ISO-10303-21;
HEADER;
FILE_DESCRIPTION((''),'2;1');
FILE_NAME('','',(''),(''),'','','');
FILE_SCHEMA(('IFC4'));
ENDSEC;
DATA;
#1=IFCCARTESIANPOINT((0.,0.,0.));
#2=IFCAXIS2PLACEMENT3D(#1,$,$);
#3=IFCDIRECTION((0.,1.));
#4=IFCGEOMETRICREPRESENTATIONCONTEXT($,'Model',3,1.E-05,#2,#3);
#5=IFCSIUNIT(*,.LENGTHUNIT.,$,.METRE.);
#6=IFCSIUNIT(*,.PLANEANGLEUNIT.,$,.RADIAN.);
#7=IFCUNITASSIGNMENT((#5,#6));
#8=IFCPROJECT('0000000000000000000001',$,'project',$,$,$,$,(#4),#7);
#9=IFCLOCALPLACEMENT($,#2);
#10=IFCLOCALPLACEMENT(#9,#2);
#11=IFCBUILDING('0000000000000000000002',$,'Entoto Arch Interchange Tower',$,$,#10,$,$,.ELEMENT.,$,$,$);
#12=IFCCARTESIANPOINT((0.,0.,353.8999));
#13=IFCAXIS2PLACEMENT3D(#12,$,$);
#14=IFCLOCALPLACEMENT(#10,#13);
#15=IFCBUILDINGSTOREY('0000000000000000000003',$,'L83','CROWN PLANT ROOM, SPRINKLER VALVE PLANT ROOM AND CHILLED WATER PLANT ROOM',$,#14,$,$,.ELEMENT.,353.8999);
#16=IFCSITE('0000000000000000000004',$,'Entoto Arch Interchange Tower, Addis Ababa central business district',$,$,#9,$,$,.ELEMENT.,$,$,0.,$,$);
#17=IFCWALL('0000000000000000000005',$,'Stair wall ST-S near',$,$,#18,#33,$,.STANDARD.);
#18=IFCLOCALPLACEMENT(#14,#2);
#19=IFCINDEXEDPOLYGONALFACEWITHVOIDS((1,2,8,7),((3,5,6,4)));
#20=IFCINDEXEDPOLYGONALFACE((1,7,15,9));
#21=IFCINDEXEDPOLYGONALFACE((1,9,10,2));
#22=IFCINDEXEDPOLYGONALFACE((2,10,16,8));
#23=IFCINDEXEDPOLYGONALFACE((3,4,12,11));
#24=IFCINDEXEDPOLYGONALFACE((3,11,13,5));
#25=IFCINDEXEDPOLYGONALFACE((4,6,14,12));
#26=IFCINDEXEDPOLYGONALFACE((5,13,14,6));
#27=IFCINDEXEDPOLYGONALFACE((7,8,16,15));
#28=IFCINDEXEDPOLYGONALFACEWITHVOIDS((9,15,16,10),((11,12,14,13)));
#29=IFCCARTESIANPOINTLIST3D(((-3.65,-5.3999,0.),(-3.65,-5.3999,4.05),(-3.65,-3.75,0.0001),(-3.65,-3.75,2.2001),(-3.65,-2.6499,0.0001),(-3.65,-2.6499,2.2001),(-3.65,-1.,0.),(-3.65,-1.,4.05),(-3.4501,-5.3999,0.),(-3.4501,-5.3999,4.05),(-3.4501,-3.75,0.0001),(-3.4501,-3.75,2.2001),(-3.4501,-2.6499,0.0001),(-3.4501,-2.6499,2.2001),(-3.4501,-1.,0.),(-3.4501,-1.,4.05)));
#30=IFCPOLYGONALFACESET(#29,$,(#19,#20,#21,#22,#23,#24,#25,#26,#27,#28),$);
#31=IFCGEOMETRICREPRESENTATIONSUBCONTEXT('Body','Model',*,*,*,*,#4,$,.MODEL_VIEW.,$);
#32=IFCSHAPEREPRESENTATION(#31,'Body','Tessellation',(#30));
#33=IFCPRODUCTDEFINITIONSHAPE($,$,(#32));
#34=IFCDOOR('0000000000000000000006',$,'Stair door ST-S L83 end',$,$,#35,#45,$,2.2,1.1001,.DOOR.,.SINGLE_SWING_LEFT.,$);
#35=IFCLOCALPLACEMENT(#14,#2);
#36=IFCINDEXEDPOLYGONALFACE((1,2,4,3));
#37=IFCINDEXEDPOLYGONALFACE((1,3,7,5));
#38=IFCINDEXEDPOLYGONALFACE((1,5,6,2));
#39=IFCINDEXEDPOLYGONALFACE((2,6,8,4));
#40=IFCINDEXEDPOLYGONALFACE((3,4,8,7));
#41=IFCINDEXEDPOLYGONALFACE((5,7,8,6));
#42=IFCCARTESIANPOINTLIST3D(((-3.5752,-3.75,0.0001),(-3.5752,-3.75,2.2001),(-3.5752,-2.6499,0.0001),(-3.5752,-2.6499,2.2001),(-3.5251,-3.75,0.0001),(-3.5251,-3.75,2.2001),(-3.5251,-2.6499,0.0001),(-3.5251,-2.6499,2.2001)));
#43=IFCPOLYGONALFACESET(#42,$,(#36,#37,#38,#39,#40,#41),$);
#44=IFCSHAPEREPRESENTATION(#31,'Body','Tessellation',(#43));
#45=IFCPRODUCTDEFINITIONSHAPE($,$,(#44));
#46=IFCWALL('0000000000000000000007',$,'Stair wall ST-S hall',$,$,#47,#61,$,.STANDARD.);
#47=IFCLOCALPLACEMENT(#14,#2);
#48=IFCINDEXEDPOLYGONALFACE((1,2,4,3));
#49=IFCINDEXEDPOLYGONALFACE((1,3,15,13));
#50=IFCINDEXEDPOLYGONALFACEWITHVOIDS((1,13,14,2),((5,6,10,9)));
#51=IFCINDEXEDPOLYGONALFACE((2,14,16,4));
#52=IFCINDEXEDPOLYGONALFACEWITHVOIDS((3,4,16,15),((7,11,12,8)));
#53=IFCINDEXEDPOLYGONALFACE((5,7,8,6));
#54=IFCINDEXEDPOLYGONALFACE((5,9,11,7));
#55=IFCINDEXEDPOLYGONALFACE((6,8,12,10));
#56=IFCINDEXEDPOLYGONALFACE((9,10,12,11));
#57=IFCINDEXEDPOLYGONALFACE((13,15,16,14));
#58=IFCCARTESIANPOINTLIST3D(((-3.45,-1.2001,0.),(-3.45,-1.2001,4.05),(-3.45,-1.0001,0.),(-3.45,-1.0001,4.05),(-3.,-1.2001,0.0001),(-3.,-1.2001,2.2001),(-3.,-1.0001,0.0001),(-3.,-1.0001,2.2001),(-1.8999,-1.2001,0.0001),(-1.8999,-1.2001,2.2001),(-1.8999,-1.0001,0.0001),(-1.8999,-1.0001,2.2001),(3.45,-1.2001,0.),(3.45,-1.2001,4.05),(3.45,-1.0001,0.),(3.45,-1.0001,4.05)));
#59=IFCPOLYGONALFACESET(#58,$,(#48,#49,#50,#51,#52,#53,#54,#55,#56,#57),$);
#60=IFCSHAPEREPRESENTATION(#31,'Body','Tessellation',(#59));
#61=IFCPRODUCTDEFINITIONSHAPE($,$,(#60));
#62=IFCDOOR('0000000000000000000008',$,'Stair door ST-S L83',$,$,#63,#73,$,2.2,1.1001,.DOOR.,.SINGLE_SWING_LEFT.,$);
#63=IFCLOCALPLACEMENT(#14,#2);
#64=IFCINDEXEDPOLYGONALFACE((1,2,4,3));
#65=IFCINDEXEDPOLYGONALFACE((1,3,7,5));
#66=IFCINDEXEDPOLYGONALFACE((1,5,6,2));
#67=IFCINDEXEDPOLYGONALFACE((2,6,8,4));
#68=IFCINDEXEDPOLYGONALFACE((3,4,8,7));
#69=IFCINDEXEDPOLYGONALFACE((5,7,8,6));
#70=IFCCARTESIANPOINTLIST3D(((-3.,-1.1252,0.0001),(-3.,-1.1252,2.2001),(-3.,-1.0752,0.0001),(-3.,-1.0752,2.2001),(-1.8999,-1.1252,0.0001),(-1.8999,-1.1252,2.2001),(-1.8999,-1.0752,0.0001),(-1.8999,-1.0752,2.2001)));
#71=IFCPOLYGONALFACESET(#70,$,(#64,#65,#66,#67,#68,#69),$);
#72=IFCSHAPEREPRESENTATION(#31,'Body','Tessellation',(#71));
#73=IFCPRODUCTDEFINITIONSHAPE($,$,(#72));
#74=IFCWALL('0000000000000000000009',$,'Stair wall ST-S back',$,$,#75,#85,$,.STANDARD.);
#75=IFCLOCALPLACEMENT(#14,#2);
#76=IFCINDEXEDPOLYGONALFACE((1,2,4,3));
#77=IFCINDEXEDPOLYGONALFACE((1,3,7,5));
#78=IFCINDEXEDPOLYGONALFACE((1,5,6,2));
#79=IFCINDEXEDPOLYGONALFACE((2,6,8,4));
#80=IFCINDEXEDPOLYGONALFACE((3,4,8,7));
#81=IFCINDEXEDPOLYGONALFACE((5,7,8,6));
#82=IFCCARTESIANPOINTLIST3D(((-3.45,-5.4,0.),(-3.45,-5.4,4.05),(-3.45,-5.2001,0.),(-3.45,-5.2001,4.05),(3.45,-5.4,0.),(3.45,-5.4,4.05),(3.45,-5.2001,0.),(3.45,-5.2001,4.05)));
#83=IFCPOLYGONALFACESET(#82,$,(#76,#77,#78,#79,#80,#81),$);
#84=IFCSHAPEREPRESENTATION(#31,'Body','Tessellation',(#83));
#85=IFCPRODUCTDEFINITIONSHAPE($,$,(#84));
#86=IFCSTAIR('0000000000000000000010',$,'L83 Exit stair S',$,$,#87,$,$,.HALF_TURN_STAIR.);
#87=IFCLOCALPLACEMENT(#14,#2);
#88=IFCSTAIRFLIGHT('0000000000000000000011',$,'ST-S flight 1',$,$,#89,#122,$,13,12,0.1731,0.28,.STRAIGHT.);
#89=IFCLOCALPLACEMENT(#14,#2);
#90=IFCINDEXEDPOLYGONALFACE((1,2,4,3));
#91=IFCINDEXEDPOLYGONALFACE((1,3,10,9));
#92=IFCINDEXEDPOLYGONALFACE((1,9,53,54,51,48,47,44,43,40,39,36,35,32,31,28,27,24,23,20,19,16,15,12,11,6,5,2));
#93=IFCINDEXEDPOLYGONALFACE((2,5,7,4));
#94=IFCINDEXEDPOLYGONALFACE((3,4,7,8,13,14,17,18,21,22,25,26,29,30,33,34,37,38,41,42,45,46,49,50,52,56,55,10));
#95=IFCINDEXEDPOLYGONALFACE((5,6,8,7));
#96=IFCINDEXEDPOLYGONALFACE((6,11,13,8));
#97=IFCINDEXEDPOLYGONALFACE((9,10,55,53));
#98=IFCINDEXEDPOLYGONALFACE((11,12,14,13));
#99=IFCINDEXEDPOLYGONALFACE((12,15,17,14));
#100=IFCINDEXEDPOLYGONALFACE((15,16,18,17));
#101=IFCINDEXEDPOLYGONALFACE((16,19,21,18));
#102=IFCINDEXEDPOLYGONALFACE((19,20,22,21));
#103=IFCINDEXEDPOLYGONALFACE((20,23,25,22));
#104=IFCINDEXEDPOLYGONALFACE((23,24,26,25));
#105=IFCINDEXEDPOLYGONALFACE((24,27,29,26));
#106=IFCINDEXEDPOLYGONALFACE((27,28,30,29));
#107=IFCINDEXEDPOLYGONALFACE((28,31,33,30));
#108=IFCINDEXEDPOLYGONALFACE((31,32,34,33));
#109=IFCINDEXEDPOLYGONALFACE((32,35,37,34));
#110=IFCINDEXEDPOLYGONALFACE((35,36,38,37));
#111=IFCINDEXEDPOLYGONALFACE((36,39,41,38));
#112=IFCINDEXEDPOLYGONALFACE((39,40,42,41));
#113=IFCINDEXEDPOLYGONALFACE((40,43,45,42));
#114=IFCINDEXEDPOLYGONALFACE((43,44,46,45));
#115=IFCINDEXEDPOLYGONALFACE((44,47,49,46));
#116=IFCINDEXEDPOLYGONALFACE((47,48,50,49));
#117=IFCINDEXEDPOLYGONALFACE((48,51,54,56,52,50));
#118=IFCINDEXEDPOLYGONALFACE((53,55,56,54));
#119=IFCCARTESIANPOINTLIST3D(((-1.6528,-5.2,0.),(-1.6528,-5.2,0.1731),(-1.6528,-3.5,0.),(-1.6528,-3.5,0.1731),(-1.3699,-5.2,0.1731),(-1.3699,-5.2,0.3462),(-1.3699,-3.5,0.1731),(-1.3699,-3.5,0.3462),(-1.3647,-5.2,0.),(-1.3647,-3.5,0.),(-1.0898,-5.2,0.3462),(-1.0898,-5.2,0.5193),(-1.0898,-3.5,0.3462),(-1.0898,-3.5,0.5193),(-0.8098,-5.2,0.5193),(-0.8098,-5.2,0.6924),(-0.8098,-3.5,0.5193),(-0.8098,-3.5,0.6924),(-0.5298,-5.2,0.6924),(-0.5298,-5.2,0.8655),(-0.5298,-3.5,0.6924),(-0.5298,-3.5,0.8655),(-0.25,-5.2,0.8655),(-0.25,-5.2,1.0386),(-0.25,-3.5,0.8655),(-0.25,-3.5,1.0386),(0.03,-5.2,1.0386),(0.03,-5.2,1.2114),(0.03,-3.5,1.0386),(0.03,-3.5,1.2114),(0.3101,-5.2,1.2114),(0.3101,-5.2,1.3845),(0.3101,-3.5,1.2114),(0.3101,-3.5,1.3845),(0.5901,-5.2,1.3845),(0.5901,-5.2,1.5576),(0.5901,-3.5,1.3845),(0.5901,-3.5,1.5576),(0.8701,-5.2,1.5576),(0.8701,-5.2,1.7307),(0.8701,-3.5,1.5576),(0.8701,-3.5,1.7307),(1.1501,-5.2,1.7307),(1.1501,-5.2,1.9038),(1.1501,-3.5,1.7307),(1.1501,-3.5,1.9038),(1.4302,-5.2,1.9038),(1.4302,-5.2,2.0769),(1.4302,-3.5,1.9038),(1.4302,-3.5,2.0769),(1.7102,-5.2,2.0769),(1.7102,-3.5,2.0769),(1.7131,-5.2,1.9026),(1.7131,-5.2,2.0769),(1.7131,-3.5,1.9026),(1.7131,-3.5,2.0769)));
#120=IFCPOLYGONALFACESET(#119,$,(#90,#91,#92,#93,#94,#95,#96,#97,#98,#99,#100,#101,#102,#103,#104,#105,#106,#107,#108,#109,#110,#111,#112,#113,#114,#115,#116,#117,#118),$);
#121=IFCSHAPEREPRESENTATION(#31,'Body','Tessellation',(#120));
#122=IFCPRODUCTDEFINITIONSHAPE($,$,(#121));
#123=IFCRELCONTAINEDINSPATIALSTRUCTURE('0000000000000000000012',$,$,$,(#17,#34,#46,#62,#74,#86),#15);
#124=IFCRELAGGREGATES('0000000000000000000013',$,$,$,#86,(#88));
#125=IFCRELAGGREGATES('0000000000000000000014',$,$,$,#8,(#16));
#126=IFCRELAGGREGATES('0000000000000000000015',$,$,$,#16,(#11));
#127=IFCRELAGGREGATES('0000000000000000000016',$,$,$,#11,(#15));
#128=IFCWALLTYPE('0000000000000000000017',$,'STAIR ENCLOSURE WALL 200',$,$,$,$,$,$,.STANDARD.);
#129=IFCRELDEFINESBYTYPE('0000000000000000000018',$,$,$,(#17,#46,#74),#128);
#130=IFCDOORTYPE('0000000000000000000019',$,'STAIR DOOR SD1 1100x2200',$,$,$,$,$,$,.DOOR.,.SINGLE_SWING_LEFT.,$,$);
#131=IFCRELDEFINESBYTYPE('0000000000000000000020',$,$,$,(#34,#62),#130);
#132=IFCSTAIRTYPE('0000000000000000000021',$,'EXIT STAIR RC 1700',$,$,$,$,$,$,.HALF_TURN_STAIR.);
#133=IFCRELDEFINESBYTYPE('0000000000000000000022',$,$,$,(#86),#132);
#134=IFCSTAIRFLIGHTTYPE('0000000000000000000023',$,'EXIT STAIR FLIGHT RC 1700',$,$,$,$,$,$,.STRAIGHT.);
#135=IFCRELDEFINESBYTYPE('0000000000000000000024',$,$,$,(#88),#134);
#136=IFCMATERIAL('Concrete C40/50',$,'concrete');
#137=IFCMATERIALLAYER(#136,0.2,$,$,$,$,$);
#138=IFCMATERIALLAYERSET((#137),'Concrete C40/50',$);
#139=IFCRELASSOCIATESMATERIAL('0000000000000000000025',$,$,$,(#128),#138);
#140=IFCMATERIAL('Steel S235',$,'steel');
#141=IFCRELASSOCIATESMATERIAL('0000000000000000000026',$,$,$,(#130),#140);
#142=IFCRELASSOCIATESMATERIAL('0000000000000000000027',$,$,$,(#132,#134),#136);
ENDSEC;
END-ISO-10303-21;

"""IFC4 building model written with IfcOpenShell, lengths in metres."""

from ifc_helpers import new_model, si_unit, direction, frame, frame_2d, origin, place, context, subcontext, project, spatial, polyline, rectangle, outline, extrude, material, layer, layer_set, type_object, element, fill, aggregate, save


model = new_model("IFC4")

# Units and contexts
model_context = context("Model", 3, precision=1e-05, world=origin(), true_north=direction((0.0, 1.0)))
body_context = subcontext(model_context, "Body", "Model", "MODEL_VIEW")
ifc_project = project(units=[si_unit("LENGTHUNIT", "METRE"), si_unit("PLANEANGLEUNIT", "RADIAN")], contexts=[model_context])

# Site, building, storey
site_placement = place(None, origin())
site = spatial("IfcSite", under=ifc_project, at=site_placement, Name="Entoto Arch Interchange Tower, Addis Ababa central business district", CompositionType="ELEMENT", RefElevation=0.0)
building_placement = place(site_placement, origin())
building = spatial("IfcBuilding", under=site, at=building_placement, Name="Entoto Arch Interchange Tower", CompositionType="ELEMENT")
storey_placement = place(building_placement, frame((0.0, 0.0, 353.8999)))
storey = spatial("IfcBuildingStorey", under=building, at=storey_placement, Name="L83", Description="CROWN PLANT ROOM, SPRINKLER VALVE PLANT ROOM AND CHILLED WATER PLANT ROOM", CompositionType="ELEMENT", Elevation=353.8999)

# Shared definitions
ifc_material_1 = material(Name="Concrete C40/50", Category="concrete")

# Walls, openings, doors
ifc_layer_1 = layer(ifc_material_1, 0.2)
ifc_layer_set_1 = layer_set([ifc_layer_1], Name="Concrete C40/50")
wall_type_1 = type_object("IfcWallType", Name="STAIR ENCLOSURE WALL 200", PredefinedType="STANDARD", material=ifc_layer_set_1)
wall_1_placement = place(storey_placement, frame((-3.55, -1.0, 0.0), z_axis=(0.0, 0.0, 1.0), x_axis=(0.0, -1.0, 0.0)))
wall_1 = element("IfcWall", 1, at=wall_1_placement, inside=storey, type_object=wall_type_1, Name="Stair wall ST-S near", PredefinedType="STANDARD", context=body_context, shape_type="SweptSolid", body=[
    extrude(rectangle(XDim=4.3999, YDim=0.2, at=frame_2d((2.2, 0.0))), origin(), (0.0, 0.0, 1.0), 4.05),
])
opening_1_placement = place(wall_1_placement, frame((1.6499, 0.0, 0.0)))
opening_1 = element("IfcOpeningElement", 2, at=opening_1_placement, cuts=wall_1, PredefinedType="OPENING", context=body_context, shape_type="SweptSolid", body=[
    extrude(rectangle(XDim=1.1001, YDim=2.2, at=frame_2d((0.55, 1.1001))), frame((0.0, 0.1099, 0.0), z_axis=(0.0, -1.0, 0.0), x_axis=(1.0, 0.0, 0.0)), (0.0, 0.0, 1.0), 0.22),
])
ifc_material_2 = material(Name="Steel S235", Category="steel")
door_type_1 = type_object("IfcDoorType", Name="STAIR DOOR SD1 1100x2200", OperationType="SINGLE_SWING_LEFT", PredefinedType="DOOR", material=ifc_material_2)
door_1_placement = place(opening_1_placement, origin())
door_1 = element("IfcDoor", 3, at=door_1_placement, inside=storey, type_object=door_type_1, Name="Stair door ST-S L83 end", OperationType="SINGLE_SWING_LEFT", OverallHeight=2.2, OverallWidth=1.1001, PredefinedType="DOOR", context=body_context, shape_type="SweptSolid", body=[
    extrude(rectangle(XDim=1.1001, YDim=2.2, at=frame_2d((0.55, 1.1001))), frame((0.0, 0.0249, 0.0), z_axis=(0.0, -1.0, 0.0), x_axis=(1.0, 0.0, 0.0)), (0.0, 0.0, 1.0), 0.05),
])
fill(opening_1, door_1)
wall_2_placement = place(storey_placement, frame((-3.45, -1.1001, 0.0), z_axis=(0.0, 0.0, 1.0), x_axis=(1.0, 0.0, 0.0)))
wall_2 = element("IfcWall", 4, at=wall_2_placement, inside=storey, type_object=wall_type_1, Name="Stair wall ST-S hall", PredefinedType="STANDARD", context=body_context, shape_type="SweptSolid", body=[
    extrude(rectangle(XDim=6.8999, YDim=0.2, at=frame_2d((3.45, 0.0))), origin(), (0.0, 0.0, 1.0), 4.05),
])
opening_2_placement = place(wall_2_placement, frame((0.45, 0.0, 0.0)))
opening_2 = element("IfcOpeningElement", 5, at=opening_2_placement, cuts=wall_2, PredefinedType="OPENING", context=body_context, shape_type="SweptSolid", body=[
    extrude(rectangle(XDim=1.1001, YDim=2.2, at=frame_2d((0.55, 1.1001))), frame((0.0, 0.1099, 0.0), z_axis=(0.0, -1.0, 0.0), x_axis=(1.0, 0.0, 0.0)), (0.0, 0.0, 1.0), 0.22),
])
door_2_placement = place(opening_2_placement, origin())
door_2 = element("IfcDoor", 6, at=door_2_placement, inside=storey, type_object=door_type_1, Name="Stair door ST-S L83", OperationType="SINGLE_SWING_LEFT", OverallHeight=2.2, OverallWidth=1.1001, PredefinedType="DOOR", context=body_context, shape_type="SweptSolid", body=[
    extrude(rectangle(XDim=1.1001, YDim=2.2, at=frame_2d((0.55, 1.1001))), frame((0.0, 0.0249, 0.0), z_axis=(0.0, -1.0, 0.0), x_axis=(1.0, 0.0, 0.0)), (0.0, 0.0, 1.0), 0.05),
])
fill(opening_2, door_2)

# Wall
wall_3_placement = place(storey_placement, frame((-3.45, -5.3, 0.0), z_axis=(0.0, 0.0, 1.0), x_axis=(1.0, 0.0, 0.0)))
element("IfcWall", 7, at=wall_3_placement, inside=storey, type_object=wall_type_1, Name="Stair wall ST-S back", PredefinedType="STANDARD", context=body_context, shape_type="SweptSolid", body=[
    extrude(rectangle(XDim=6.8999, YDim=0.2, at=frame_2d((3.45, 0.0))), origin(), (0.0, 0.0, 1.0), 4.05),
])

# Stair, stair flight
stair_type = type_object("IfcStairType", Name="EXIT STAIR RC 1700", PredefinedType="HALF_TURN_STAIR", material=ifc_material_1)
stair_placement = place(storey_placement, origin())
stair = element("IfcStair", 8, at=stair_placement, inside=storey, type_object=stair_type, Name="L83 Exit stair S", PredefinedType="HALF_TURN_STAIR")
stair_flight_type = type_object("IfcStairFlightType", Name="EXIT STAIR FLIGHT RC 1700", PredefinedType="STRAIGHT", material=ifc_material_1)
stair_flight_placement = place(storey_placement, frame((-1.6499, -4.3501, 0.0), z_axis=(0.0, 0.0, 1.0), x_axis=(1.0, 0.0, 0.0)))
stair_flight = element("IfcStairFlight", 9, at=stair_flight_placement, type_object=stair_flight_type, Name="ST-S flight 1", NumberOfRisers=13, NumberOfTreads=12, PredefinedType="STRAIGHT", RiserHeight=0.1731, TreadLength=0.28, context=body_context, shape_type="SweptSolid", body=[
    extrude(outline(polyline([(-0.0029, 0.0), (-0.0029, 0.1731), (0.28, 0.1731), (0.28, 0.3462), (0.5601, 0.3462), (0.5601, 0.5193), (0.8401, 0.5193), (0.8401, 0.6924), (1.1201, 0.6924), (1.1201, 0.8655), (1.3999, 0.8655), (1.3999, 1.0386), (1.6799, 1.0386), (1.6799, 1.2114), (1.96, 1.2114), (1.96, 1.3845), (2.24, 1.3845), (2.24, 1.5576), (2.52, 1.5576), (2.52, 1.7307), (2.8, 1.7307), (2.8, 1.9038), (3.0801, 1.9038), (3.0801, 2.0769), (3.3601, 2.0769), (3.363, 2.0769), (3.363, 1.9026), (0.2852, 0.0), (-0.0029, 0.0)])), frame((0.0, 0.8501, 0.0), z_axis=(0.0, -1.0, 0.0), x_axis=(1.0, 0.0, 0.0)), (0.0, 0.0, 1.0), 1.7),
])
aggregate(stair, [stair_flight])

save(model, "model.ifc")
